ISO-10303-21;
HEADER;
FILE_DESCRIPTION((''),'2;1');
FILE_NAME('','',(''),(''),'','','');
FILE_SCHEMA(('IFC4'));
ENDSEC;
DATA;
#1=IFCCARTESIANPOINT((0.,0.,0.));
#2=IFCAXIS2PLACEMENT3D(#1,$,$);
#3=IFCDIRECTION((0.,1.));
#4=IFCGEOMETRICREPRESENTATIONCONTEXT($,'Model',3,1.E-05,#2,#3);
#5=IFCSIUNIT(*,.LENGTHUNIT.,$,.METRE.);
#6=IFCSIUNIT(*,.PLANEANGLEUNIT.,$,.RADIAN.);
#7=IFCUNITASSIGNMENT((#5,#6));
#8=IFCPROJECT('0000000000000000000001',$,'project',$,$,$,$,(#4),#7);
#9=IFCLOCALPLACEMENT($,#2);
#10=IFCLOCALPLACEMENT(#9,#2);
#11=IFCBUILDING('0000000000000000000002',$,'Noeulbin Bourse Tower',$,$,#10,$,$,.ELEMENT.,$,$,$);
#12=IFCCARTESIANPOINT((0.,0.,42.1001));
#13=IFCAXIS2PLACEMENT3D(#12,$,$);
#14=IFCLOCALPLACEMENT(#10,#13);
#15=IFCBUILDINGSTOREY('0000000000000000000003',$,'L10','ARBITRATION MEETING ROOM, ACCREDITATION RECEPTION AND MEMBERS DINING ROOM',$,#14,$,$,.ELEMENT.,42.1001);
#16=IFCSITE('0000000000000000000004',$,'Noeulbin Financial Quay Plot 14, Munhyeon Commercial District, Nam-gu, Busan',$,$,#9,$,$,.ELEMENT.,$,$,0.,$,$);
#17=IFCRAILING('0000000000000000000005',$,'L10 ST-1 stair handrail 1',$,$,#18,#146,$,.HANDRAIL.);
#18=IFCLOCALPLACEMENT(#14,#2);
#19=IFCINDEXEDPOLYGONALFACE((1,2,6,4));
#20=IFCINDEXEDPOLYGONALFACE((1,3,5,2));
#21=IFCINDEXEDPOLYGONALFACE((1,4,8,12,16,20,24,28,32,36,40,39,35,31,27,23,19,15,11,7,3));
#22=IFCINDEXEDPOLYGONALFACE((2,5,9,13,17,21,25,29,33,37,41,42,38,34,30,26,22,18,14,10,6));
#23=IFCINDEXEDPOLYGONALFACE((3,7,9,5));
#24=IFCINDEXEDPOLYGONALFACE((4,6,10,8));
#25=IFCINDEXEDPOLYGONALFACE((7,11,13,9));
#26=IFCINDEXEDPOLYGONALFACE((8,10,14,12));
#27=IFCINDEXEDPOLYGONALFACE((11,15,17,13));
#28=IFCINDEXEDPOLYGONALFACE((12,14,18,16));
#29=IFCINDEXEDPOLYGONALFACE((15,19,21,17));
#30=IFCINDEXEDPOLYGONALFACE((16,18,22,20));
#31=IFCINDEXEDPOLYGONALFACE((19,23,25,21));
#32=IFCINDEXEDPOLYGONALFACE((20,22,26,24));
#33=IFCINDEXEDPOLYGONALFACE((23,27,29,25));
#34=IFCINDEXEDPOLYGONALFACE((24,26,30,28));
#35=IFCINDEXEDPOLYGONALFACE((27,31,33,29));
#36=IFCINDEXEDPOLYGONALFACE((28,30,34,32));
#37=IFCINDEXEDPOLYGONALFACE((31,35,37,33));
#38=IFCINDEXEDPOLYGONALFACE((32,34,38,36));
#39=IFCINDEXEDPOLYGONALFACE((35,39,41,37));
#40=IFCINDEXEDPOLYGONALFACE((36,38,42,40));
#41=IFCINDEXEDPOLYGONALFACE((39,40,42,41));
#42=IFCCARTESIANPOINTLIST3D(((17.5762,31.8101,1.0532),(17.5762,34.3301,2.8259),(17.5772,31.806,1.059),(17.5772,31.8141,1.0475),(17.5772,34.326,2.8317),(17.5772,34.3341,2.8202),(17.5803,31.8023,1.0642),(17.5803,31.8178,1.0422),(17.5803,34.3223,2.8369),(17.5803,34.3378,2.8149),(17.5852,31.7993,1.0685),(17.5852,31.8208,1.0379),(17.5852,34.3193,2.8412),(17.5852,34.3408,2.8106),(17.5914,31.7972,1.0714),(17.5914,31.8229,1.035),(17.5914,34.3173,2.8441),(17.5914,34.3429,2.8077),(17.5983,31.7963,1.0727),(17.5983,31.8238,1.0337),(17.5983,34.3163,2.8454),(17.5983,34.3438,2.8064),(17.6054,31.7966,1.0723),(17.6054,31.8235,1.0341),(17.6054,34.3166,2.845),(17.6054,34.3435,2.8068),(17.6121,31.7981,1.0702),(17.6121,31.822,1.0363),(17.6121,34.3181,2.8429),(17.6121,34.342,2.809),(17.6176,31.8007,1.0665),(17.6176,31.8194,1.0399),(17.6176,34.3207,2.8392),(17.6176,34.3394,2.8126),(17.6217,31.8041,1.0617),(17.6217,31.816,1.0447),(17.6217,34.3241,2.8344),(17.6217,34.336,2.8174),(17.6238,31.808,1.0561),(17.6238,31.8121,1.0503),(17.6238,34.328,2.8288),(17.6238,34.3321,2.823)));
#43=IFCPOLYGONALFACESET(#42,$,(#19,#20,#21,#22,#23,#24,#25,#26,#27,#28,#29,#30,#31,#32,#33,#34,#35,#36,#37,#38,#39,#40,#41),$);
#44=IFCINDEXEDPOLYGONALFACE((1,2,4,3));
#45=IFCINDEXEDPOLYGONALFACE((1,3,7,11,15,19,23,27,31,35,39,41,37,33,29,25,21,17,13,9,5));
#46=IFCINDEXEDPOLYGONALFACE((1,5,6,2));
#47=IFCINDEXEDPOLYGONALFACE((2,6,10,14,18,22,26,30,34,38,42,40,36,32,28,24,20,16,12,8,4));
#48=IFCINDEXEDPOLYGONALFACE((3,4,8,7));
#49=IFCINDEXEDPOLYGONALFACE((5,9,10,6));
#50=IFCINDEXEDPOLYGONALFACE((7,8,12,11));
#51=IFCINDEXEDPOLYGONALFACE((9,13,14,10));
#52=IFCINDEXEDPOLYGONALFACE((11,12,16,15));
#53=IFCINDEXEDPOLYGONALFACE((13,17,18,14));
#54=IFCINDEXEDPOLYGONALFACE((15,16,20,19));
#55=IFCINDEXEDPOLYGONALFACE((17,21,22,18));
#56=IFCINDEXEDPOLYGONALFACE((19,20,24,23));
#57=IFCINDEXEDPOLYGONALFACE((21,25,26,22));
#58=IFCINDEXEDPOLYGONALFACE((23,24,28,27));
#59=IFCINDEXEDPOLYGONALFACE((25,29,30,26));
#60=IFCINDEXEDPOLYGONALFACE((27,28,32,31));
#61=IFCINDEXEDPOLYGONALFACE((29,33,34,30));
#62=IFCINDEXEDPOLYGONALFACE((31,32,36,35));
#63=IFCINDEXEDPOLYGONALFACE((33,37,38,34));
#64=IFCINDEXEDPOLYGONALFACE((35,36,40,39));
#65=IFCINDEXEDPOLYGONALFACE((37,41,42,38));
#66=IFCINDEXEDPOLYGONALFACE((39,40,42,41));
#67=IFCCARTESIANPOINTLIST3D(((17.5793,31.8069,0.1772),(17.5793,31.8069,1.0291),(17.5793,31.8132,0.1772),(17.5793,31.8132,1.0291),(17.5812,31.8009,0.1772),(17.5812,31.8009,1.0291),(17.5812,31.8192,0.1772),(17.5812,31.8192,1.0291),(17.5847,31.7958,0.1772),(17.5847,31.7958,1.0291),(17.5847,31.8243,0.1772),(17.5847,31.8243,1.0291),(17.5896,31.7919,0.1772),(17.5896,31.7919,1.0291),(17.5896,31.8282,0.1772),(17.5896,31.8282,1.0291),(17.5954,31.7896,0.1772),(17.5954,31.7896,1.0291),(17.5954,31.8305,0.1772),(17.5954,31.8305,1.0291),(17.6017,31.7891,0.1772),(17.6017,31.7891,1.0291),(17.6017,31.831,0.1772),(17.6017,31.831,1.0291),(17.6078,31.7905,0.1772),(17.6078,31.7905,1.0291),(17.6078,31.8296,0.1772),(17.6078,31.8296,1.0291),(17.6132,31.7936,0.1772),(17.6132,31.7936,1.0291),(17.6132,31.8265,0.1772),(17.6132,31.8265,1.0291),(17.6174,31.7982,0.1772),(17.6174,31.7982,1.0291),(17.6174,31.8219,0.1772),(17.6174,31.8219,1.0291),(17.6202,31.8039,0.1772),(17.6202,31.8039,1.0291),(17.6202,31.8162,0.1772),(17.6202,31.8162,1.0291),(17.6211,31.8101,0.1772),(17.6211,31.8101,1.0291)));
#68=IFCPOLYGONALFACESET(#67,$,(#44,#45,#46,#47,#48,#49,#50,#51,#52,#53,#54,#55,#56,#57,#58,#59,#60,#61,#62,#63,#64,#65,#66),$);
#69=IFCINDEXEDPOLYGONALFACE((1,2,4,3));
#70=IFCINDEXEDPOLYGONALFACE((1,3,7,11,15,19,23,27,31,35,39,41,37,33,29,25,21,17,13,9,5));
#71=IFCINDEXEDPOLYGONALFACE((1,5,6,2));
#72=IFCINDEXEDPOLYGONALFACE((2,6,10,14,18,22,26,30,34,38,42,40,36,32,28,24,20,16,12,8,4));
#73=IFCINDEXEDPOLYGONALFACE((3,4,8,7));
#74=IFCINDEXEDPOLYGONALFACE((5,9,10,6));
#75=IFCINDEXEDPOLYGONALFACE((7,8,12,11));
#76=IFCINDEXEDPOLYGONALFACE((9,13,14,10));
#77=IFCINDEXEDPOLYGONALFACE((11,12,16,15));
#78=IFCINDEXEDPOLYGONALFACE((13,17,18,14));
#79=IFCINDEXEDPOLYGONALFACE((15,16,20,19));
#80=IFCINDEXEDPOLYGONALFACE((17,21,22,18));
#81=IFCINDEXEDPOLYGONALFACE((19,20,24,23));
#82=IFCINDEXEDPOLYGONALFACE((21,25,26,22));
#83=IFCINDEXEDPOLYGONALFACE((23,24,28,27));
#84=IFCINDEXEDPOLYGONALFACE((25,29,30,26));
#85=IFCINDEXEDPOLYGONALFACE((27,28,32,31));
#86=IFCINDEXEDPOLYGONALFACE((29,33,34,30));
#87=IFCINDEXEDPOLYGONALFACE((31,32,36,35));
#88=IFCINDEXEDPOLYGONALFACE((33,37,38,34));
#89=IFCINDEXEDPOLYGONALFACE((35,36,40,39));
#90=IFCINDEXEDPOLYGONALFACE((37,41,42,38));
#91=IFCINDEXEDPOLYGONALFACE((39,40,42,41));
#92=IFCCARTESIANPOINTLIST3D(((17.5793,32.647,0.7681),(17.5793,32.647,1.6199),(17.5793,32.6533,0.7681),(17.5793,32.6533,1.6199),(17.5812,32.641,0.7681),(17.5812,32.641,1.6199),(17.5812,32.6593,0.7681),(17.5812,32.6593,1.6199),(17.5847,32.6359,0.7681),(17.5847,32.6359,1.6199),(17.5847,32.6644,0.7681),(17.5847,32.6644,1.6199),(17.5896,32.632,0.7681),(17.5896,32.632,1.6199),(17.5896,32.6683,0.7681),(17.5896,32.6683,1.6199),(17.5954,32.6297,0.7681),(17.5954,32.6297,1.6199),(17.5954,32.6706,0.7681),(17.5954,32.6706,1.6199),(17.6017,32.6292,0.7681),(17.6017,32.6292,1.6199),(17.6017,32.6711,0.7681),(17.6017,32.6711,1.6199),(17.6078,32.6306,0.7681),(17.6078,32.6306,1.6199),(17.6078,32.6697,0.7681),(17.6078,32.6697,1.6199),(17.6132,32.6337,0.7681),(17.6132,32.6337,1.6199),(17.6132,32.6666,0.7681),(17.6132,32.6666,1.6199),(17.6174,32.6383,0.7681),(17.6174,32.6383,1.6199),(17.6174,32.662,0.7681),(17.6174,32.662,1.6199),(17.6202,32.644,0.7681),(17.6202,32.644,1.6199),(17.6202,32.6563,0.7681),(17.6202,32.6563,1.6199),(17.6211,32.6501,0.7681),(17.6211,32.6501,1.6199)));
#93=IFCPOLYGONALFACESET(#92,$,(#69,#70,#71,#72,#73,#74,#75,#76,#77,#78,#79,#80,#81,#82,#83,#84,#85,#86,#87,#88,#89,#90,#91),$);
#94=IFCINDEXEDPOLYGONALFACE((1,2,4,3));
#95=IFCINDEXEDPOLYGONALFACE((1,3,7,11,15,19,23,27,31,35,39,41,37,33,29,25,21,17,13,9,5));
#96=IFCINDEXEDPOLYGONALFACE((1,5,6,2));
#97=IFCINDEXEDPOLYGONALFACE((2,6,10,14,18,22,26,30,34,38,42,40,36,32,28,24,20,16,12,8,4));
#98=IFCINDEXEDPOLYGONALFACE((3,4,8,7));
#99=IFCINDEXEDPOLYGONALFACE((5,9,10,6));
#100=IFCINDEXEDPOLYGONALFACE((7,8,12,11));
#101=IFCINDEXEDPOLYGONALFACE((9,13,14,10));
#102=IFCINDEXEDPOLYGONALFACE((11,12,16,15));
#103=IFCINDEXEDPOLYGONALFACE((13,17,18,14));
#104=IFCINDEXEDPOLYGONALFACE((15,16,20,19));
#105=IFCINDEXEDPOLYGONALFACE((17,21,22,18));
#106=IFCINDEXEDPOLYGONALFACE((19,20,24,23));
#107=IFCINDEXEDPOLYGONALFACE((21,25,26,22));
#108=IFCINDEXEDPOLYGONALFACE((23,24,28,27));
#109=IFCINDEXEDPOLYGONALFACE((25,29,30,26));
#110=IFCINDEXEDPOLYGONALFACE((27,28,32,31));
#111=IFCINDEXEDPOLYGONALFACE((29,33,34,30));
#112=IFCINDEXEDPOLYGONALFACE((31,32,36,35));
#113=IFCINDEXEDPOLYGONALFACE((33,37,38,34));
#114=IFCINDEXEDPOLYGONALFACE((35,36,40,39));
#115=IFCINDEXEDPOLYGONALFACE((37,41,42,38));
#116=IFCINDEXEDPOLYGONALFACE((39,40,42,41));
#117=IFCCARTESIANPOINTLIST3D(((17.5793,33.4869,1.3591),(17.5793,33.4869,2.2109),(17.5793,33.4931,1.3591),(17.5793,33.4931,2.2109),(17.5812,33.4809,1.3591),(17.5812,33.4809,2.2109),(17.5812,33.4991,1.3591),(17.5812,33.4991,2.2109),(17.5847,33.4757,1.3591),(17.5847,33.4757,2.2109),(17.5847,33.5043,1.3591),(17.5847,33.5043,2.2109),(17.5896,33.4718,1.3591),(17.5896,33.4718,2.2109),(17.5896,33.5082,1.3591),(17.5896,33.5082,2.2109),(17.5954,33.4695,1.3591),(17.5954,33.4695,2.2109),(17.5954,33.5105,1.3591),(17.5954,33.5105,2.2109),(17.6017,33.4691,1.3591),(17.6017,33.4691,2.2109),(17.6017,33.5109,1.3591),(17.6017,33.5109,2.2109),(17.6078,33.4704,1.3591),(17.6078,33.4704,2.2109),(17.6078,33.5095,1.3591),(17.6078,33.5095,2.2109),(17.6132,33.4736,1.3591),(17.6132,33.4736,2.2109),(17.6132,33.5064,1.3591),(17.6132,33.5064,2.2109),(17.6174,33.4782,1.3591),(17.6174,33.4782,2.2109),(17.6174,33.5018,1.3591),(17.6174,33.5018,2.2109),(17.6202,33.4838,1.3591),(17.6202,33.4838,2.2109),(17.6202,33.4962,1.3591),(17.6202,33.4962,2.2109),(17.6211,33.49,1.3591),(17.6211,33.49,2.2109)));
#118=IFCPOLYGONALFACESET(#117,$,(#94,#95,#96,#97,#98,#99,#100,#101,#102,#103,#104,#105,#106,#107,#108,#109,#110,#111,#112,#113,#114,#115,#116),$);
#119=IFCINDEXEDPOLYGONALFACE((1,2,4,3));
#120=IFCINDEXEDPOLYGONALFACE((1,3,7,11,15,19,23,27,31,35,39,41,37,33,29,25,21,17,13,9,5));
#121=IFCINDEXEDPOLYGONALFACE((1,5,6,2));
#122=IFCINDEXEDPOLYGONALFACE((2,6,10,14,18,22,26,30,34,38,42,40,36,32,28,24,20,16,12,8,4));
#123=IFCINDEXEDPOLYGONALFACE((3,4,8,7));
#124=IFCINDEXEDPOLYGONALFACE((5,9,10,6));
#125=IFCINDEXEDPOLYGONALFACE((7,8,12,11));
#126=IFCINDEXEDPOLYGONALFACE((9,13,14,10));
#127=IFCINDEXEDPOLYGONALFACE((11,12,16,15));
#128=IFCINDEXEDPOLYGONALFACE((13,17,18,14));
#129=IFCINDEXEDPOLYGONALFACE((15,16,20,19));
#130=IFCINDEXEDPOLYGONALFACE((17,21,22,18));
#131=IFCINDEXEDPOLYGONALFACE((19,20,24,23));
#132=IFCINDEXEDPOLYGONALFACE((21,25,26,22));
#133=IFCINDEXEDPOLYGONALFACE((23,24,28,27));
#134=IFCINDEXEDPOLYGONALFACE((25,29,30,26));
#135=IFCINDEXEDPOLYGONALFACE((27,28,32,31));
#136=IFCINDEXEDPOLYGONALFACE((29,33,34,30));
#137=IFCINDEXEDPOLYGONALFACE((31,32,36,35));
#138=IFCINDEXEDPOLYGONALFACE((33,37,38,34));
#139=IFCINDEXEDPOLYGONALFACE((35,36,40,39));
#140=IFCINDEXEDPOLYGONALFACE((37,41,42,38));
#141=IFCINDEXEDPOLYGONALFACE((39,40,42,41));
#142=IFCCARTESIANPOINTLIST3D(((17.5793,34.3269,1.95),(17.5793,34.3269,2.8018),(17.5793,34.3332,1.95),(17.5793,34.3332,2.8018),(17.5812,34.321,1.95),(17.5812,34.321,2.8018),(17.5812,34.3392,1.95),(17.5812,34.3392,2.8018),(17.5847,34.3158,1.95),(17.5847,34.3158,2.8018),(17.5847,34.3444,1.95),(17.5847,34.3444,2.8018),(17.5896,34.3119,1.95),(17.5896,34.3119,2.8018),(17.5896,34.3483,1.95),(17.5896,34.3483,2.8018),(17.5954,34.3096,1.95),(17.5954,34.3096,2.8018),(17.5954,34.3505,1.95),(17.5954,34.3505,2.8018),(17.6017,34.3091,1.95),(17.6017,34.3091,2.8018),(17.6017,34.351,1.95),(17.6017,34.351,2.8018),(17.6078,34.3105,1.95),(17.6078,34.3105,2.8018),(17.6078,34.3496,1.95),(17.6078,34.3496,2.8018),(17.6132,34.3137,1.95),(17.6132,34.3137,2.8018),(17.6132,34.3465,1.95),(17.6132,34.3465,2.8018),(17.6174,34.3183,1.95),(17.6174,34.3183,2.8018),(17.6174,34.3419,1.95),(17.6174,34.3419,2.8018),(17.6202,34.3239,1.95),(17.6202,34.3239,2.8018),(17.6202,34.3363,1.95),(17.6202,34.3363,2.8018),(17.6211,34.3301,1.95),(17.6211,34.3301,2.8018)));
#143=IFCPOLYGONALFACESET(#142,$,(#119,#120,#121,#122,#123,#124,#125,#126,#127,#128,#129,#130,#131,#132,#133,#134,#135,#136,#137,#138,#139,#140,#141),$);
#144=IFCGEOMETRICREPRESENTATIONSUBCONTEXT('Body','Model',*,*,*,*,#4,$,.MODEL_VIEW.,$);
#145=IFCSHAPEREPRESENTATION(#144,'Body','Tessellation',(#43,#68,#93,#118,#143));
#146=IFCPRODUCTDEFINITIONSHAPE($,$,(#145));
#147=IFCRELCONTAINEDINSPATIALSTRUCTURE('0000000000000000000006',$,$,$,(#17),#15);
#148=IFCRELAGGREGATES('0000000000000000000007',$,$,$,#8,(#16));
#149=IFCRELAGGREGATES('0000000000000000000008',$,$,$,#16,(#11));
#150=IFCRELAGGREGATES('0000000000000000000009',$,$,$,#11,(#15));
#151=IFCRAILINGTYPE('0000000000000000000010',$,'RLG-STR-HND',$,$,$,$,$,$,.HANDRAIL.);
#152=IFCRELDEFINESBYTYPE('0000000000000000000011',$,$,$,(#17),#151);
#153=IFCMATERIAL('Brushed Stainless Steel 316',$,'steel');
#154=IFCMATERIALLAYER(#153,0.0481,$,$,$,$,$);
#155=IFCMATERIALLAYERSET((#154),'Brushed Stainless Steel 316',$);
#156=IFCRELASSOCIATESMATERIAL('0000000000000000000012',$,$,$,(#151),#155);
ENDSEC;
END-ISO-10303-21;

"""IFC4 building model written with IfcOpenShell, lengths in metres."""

from ifc_helpers import new_model, si_unit, direction, frame, origin, origin_2d, place, context, subcontext, project, spatial, circle, extrude, material, layer, layer_set, type_object, element, save


model = new_model("IFC4")

# Units and contexts
model_context = context("Model", 3, precision=1e-05, world=origin(), true_north=direction((0.0, 1.0)))
body_context = subcontext(model_context, "Body", "Model", "MODEL_VIEW")
ifc_project = project(units=[si_unit("LENGTHUNIT", "METRE"), si_unit("PLANEANGLEUNIT", "RADIAN")], contexts=[model_context])

# Site, building, storey
site_placement = place(None, origin())
site = spatial("IfcSite", under=ifc_project, at=site_placement, Name="Noeulbin Financial Quay Plot 14, Munhyeon Commercial District, Nam-gu, Busan", CompositionType="ELEMENT", RefElevation=0.0)
building_placement = place(site_placement, origin())
building = spatial("IfcBuilding", under=site, at=building_placement, Name="Noeulbin Bourse Tower", CompositionType="ELEMENT")
storey_placement = place(building_placement, frame((0.0, 0.0, 42.1001)))
storey = spatial("IfcBuildingStorey", under=building, at=storey_placement, Name="L10", Description="ARBITRATION MEETING ROOM, ACCREDITATION RECEPTION AND MEMBERS DINING ROOM", CompositionType="ELEMENT", Elevation=42.1001)

# Shared definitions
ifc_material_1 = material(Name="Brushed Stainless Steel 316", Category="steel")

# Railing
ifc_layer_1 = layer(ifc_material_1, 0.0481)
ifc_layer_set_1 = layer_set([ifc_layer_1], Name="Brushed Stainless Steel 316")
railing_type_1 = type_object("IfcRailingType", Name="RLG-STR-HND", PredefinedType="HANDRAIL", material=ifc_layer_set_1)
railing_1_placement = place(storey_placement, frame((17.6001, 31.8101, 0.1772)))
element("IfcRailing", 1, at=railing_1_placement, inside=storey, type_object=railing_type_1, Name="L10 ST-1 stair handrail 1", PredefinedType="HANDRAIL", context=body_context, shape_type="SweptSolid", body=[
    extrude(circle(Radius=0.0239, at=origin_2d()), frame((0.0, 0.0, 0.876), z_axis=(0.0, 0.817904, 0.575354), x_axis=(-1.0, 0.0, 0.0)), (0.0, 0.0, 1.0), 3.0811),
    extrude(circle(Radius=0.021, at=origin_2d()), origin(), (0.0, 0.0, 1.0), 0.8518),
    extrude(circle(Radius=0.021, at=origin_2d()), frame((0.0, 0.8401, 0.5908)), (0.0, 0.0, 1.0), 0.8518),
    extrude(circle(Radius=0.021, at=origin_2d()), frame((0.0, 1.6799, 1.1819)), (0.0, 0.0, 1.0), 0.8518),
    extrude(circle(Radius=0.021, at=origin_2d()), frame((0.0, 2.52, 1.7727)), (0.0, 0.0, 1.0), 0.8518),
])

save(model, "model.ifc")
